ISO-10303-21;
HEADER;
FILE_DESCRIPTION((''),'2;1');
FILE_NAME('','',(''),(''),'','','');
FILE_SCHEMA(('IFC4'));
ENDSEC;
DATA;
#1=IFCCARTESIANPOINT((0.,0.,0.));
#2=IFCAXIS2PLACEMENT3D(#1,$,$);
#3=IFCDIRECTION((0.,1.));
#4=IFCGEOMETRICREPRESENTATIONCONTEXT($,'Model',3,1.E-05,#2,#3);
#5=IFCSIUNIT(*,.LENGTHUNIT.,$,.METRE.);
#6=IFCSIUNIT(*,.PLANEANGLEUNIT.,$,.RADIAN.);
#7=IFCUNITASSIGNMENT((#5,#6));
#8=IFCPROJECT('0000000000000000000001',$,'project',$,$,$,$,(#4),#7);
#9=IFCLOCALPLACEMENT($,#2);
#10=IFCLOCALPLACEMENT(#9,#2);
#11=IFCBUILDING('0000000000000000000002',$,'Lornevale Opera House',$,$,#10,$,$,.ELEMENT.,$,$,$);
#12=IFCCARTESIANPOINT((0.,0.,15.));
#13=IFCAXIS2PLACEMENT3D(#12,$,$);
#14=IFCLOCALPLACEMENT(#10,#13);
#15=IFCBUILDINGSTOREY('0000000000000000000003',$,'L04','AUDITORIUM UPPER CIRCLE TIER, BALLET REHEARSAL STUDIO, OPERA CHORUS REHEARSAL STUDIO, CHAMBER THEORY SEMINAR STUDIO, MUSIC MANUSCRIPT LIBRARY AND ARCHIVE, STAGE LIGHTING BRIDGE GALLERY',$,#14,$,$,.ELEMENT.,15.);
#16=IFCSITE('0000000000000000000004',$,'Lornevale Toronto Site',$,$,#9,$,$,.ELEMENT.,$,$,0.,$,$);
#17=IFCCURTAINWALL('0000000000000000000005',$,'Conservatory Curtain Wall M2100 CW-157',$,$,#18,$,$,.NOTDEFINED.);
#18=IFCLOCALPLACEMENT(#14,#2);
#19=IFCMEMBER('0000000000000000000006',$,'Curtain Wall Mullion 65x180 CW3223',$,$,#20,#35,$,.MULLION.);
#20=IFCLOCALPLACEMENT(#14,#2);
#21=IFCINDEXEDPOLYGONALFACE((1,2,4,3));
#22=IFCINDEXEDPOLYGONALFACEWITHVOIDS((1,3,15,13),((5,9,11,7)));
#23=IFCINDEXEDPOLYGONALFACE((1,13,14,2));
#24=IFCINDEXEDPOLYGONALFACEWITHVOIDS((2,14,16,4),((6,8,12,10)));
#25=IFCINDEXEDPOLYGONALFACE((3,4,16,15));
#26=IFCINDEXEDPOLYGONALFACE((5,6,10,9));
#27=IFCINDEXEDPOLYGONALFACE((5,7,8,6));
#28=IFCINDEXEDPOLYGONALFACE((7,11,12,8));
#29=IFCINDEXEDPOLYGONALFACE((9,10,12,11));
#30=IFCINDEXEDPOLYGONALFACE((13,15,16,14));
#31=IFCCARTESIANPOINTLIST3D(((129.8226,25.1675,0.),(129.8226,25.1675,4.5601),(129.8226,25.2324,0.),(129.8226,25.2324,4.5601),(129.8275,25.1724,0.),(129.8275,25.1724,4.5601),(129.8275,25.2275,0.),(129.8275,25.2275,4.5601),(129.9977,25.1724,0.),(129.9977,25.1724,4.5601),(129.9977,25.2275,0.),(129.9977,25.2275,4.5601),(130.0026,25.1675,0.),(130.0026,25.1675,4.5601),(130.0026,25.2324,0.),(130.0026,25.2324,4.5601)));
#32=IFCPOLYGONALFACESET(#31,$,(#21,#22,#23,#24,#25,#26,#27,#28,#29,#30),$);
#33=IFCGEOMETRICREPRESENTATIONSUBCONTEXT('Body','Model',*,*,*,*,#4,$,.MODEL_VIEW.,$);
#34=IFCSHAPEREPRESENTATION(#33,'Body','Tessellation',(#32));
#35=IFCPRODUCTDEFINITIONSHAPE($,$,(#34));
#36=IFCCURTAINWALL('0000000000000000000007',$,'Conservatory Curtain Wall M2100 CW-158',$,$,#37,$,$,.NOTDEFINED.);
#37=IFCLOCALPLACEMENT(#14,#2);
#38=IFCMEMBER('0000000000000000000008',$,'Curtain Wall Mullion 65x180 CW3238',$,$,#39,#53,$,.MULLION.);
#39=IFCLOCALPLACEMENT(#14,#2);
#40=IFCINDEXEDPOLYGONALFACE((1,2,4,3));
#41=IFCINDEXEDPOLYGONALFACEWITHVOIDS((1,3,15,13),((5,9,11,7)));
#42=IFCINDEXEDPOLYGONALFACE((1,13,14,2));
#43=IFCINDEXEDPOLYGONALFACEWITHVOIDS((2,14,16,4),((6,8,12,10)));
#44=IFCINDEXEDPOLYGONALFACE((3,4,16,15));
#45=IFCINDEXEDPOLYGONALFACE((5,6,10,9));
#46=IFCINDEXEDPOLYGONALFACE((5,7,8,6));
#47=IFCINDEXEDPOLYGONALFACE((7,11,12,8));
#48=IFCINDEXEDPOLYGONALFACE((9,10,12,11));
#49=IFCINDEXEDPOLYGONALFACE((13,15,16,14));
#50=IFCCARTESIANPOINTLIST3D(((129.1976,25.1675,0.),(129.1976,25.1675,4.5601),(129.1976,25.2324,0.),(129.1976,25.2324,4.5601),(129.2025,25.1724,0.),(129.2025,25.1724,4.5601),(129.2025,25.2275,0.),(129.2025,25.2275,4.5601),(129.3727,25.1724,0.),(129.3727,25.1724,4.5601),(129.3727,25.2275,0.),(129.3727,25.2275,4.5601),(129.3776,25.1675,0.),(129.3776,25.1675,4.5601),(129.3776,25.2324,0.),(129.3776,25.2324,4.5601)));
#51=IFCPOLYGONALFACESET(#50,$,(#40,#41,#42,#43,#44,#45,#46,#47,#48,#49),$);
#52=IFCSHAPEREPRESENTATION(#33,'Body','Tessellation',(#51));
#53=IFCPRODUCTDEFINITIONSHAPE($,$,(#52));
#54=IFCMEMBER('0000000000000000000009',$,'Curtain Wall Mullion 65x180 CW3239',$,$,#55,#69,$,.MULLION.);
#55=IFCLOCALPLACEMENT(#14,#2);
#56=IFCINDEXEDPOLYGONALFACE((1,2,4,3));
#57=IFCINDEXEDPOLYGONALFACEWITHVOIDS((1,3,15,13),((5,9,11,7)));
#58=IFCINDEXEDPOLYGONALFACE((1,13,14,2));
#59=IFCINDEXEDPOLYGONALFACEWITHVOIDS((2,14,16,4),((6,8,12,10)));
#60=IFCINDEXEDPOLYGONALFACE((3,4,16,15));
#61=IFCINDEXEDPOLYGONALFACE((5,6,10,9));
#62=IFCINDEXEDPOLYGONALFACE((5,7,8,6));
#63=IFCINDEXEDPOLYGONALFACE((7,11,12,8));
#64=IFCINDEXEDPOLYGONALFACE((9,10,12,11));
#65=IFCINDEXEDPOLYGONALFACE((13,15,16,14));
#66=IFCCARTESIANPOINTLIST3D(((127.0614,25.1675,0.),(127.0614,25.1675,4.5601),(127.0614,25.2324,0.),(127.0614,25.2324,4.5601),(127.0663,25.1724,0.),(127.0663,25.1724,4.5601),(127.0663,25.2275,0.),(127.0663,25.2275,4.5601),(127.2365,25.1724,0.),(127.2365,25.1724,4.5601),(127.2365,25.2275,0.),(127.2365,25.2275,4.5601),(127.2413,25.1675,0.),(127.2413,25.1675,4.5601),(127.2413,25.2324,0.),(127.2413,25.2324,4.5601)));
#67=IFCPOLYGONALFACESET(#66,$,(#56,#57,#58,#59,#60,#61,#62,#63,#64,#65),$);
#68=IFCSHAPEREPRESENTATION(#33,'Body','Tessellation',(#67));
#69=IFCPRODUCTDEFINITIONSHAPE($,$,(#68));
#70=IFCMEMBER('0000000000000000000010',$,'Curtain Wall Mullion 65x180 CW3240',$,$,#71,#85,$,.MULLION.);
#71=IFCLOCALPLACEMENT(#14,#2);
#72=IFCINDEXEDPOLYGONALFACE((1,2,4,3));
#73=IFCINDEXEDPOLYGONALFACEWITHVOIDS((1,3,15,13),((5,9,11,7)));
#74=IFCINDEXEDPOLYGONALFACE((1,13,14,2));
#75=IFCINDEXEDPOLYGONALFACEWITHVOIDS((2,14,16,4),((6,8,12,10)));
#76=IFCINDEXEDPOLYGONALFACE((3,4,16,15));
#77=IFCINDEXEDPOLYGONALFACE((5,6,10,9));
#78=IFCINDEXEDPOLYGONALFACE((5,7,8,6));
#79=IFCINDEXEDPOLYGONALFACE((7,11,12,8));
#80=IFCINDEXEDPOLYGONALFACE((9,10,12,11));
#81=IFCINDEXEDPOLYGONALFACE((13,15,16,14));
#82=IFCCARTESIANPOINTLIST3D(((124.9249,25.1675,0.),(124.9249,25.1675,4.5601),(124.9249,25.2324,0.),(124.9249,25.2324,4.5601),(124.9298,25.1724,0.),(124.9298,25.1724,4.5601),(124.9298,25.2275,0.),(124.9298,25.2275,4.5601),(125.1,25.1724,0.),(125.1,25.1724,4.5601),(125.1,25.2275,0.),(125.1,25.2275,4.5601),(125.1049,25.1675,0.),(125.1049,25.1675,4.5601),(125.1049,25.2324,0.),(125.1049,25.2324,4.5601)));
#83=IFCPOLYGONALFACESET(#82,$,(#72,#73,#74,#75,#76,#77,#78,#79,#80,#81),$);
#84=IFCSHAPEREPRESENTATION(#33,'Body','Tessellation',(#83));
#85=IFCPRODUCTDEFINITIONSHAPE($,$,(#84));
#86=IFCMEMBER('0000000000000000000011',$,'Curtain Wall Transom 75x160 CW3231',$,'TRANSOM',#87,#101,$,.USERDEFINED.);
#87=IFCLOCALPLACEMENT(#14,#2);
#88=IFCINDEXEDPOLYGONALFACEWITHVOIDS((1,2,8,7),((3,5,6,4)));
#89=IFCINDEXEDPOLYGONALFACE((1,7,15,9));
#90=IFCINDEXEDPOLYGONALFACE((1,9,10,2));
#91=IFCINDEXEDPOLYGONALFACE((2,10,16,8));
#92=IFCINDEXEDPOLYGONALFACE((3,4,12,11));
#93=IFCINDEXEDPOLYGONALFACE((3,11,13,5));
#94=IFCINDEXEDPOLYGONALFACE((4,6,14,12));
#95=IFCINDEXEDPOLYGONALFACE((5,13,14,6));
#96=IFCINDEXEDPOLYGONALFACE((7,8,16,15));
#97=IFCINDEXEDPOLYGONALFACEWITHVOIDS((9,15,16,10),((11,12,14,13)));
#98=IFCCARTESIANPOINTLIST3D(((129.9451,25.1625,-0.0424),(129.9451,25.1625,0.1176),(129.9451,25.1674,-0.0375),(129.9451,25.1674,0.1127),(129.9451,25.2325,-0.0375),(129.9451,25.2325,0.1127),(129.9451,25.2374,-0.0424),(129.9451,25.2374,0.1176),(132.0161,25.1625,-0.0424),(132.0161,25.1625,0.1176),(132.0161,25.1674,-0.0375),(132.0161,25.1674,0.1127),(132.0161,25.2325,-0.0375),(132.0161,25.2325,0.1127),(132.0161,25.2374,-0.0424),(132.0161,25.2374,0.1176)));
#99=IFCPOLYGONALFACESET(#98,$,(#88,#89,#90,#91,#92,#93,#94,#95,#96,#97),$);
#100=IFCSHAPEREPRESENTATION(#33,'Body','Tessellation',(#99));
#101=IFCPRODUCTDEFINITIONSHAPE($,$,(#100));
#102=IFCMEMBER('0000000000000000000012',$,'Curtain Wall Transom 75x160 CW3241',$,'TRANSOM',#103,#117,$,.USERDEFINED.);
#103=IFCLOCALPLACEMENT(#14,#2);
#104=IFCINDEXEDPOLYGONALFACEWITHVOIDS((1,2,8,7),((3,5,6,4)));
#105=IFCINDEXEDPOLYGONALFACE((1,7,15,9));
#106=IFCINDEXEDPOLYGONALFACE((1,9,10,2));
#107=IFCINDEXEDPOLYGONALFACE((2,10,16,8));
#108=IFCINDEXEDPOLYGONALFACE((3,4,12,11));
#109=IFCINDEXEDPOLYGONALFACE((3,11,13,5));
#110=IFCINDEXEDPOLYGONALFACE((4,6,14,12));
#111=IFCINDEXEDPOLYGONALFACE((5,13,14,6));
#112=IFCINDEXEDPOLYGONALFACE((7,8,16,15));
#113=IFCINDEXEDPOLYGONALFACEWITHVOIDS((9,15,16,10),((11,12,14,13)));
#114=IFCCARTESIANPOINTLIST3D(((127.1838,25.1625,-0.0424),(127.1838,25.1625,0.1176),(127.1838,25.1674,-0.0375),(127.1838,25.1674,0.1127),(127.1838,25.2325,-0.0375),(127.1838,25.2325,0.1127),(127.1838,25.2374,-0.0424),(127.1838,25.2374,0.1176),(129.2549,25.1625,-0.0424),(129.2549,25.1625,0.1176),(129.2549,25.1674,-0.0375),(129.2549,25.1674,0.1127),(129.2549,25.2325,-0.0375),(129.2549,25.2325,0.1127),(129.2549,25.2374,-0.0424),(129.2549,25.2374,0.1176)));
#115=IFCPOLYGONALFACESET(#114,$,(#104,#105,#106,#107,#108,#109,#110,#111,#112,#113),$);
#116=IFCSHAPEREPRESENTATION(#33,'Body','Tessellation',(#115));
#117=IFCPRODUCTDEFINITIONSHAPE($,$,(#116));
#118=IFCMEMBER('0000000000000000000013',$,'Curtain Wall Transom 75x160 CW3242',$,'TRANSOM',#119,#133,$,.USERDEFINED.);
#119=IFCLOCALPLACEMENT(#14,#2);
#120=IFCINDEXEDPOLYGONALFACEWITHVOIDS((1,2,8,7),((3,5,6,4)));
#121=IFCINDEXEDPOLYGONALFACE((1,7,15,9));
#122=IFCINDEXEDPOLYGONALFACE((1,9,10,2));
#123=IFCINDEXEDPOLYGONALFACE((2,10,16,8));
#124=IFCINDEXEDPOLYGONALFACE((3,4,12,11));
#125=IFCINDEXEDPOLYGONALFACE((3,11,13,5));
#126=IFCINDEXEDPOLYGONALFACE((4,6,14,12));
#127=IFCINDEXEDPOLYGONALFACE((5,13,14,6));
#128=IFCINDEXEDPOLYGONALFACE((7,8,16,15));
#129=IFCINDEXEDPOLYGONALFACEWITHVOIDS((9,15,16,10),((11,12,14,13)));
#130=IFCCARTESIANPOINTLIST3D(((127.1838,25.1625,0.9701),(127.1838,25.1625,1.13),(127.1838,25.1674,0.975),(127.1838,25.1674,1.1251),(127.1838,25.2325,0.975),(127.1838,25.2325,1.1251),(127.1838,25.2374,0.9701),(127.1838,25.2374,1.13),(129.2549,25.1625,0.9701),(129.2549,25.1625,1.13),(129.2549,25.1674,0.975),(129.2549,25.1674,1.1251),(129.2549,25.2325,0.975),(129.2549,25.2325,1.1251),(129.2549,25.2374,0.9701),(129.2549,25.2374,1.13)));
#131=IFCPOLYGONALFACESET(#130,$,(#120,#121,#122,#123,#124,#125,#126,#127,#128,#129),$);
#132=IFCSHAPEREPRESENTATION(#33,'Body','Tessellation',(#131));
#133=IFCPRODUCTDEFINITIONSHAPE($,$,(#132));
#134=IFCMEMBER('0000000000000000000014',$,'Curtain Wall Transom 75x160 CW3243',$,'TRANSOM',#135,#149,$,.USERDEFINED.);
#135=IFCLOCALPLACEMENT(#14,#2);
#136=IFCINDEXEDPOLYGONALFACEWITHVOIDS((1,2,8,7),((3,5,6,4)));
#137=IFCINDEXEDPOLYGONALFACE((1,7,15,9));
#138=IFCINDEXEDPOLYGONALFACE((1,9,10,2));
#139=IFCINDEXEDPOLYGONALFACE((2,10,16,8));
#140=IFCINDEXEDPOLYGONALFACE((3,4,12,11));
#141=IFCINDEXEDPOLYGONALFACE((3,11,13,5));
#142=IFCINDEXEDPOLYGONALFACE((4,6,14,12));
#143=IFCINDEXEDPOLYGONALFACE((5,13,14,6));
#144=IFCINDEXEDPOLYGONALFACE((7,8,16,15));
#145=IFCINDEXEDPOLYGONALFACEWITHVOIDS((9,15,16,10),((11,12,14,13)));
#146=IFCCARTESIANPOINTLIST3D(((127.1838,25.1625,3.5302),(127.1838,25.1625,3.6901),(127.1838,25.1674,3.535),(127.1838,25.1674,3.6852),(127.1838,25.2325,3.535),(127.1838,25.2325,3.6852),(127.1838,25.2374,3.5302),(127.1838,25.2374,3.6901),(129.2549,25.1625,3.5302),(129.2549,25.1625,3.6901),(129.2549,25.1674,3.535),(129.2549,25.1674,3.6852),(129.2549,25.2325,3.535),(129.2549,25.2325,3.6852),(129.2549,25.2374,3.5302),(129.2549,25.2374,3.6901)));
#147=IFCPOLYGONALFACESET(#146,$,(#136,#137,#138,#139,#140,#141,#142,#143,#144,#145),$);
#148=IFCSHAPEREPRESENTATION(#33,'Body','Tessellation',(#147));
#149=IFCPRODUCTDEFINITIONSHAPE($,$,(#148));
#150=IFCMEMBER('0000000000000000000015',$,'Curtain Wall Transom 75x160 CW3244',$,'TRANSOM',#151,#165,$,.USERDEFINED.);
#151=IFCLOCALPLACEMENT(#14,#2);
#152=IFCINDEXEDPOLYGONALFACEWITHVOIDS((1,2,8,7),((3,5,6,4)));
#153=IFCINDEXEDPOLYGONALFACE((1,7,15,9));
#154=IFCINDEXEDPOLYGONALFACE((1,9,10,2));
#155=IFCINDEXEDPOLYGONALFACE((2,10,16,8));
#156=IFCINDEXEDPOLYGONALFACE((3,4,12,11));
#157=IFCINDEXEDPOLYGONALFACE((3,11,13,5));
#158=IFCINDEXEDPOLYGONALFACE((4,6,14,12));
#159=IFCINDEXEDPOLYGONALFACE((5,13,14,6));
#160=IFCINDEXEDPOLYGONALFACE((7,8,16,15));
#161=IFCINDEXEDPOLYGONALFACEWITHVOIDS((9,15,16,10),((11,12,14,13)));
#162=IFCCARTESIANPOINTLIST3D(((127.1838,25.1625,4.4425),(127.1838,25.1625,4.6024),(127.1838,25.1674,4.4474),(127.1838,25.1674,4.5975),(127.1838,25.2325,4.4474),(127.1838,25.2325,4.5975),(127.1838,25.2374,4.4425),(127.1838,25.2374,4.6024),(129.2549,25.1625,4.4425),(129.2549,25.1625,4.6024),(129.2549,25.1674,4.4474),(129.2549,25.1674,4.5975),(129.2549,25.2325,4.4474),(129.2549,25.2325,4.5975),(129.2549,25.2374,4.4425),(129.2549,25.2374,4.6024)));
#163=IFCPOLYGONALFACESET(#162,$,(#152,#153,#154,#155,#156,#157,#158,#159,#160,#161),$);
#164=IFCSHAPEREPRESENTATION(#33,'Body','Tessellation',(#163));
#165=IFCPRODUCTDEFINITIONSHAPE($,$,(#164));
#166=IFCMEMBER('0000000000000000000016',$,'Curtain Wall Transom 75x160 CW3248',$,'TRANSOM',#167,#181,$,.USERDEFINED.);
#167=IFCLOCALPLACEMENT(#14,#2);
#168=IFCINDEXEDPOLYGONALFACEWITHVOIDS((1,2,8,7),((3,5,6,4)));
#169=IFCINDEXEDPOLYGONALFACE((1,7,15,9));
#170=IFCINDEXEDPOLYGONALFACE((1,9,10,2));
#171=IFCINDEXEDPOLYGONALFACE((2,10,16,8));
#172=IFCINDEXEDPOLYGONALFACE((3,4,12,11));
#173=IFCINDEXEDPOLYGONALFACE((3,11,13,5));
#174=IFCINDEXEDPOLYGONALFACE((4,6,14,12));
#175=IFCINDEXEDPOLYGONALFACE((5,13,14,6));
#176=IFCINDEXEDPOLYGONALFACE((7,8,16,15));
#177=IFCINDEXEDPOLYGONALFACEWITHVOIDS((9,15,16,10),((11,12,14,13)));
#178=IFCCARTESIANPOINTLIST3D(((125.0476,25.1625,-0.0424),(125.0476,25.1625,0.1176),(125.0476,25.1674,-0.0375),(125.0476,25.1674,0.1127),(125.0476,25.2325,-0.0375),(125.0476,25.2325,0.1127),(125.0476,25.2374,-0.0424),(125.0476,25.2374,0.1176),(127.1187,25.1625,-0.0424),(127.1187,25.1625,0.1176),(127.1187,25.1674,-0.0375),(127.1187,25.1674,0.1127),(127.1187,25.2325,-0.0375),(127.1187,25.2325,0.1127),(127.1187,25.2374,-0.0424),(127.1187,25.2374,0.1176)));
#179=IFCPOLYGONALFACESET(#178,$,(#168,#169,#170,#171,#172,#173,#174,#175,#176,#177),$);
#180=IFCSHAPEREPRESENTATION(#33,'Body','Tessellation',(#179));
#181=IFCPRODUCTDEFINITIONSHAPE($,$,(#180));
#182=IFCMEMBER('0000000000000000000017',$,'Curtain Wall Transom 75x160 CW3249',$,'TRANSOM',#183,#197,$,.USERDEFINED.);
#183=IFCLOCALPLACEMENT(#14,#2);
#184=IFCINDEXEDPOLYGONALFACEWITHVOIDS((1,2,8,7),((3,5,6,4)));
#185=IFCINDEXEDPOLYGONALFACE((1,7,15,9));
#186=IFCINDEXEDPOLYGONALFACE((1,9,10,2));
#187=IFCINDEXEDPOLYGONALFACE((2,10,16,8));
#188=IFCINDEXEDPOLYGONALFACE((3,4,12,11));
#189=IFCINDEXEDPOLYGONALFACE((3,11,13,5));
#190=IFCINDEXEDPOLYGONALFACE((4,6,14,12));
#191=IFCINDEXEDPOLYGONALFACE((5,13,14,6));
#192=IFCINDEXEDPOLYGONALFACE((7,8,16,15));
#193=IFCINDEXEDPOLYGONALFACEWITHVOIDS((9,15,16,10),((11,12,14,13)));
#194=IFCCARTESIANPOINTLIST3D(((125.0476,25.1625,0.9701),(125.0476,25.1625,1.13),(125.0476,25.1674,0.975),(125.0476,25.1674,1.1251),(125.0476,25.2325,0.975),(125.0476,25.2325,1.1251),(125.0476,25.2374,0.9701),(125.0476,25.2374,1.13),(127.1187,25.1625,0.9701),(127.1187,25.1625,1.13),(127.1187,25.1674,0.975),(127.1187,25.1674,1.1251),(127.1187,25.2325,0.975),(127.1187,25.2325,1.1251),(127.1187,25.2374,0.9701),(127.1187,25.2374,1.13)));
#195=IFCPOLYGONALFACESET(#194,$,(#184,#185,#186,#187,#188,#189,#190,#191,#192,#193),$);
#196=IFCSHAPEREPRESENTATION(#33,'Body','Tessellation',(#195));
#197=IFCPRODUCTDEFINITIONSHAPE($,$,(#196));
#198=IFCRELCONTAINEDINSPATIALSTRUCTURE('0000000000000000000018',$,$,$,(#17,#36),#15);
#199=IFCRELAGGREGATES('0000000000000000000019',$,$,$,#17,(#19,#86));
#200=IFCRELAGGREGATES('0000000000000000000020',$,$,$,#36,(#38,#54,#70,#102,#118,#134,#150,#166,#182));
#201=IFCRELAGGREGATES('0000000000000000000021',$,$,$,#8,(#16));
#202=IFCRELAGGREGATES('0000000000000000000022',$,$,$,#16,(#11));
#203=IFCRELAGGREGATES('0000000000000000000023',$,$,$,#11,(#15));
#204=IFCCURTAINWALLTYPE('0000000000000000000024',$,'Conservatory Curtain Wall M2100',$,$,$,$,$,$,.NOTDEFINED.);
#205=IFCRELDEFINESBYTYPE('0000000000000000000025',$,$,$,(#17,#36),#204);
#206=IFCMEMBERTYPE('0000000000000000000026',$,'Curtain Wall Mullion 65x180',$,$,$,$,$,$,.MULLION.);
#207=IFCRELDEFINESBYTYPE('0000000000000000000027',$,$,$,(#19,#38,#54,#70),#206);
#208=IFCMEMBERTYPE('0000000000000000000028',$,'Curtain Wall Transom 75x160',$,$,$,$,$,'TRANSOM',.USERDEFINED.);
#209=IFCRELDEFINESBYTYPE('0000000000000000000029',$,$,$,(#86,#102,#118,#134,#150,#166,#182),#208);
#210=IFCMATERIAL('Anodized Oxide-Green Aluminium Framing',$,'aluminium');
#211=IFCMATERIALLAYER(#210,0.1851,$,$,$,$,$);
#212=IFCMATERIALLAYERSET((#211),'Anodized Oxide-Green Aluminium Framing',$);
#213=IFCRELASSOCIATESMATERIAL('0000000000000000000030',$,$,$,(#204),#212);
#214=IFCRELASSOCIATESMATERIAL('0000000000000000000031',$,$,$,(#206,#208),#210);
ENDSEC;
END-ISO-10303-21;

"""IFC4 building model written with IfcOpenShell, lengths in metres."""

from ifc_helpers import new_model, si_unit, direction, frame, origin, origin_2d, place, context, subcontext, project, spatial, hollow_rectangle, extrude, material, layer, layer_set, material_profile, profile_set, type_object, element, aggregate, save


model = new_model("IFC4")

# Units and contexts
model_context = context("Model", 3, precision=1e-05, world=origin(), true_north=direction((0.0, 1.0)))
body_context = subcontext(model_context, "Body", "Model", "MODEL_VIEW")
ifc_project = project(units=[si_unit("LENGTHUNIT", "METRE"), si_unit("PLANEANGLEUNIT", "RADIAN")], contexts=[model_context])

# Site, building, storey
site_placement = place(None, origin())
site = spatial("IfcSite", under=ifc_project, at=site_placement, Name="Lornevale Toronto Site", CompositionType="ELEMENT", RefElevation=0.0)
building_placement = place(site_placement, origin())
building = spatial("IfcBuilding", under=site, at=building_placement, Name="Lornevale Opera House", CompositionType="ELEMENT")
storey_placement = place(building_placement, frame((0.0, 0.0, 15.0)))
storey = spatial("IfcBuildingStorey", under=building, at=storey_placement, Name="L04", Description="AUDITORIUM UPPER CIRCLE TIER, BALLET REHEARSAL STUDIO, OPERA CHORUS REHEARSAL STUDIO, CHAMBER THEORY SEMINAR STUDIO, MUSIC MANUSCRIPT LIBRARY AND ARCHIVE, STAGE LIGHTING BRIDGE GALLERY", CompositionType="ELEMENT", Elevation=15.0)

# Curtain wall, member
ifc_material_1 = material(Name="Anodized Oxide-Green Aluminium Framing", Category="aluminium")
ifc_layer_1 = layer(ifc_material_1, 0.1851)
ifc_layer_set_1 = layer_set([ifc_layer_1], Name="Anodized Oxide-Green Aluminium Framing")
curtain_wall_type = type_object("IfcCurtainWallType", Name="Conservatory Curtain Wall M2100", PredefinedType="NOTDEFINED", material=ifc_layer_set_1)
curtain_wall_1_placement = place(storey_placement, origin())
curtain_wall_1 = element("IfcCurtainWall", 1, at=curtain_wall_1_placement, inside=storey, type_object=curtain_wall_type, Name="Conservatory Curtain Wall M2100 CW-157", PredefinedType="NOTDEFINED")
ifc_material_profile_1 = material_profile(ifc_material_1, hollow_rectangle(XDim=0.0649, YDim=0.1799, WallThickness=0.0049, at=origin_2d()), Name="ALU65x180x5")
ifc_profile_set_1 = profile_set([ifc_material_profile_1], Name="Anodized Oxide-Green Aluminium Framing")
member_type_1 = type_object("IfcMemberType", Name="Curtain Wall Mullion 65x180", PredefinedType="MULLION", material=ifc_profile_set_1)
member_1_placement = place(storey_placement, frame((129.9126, 25.2, 0.0), z_axis=(0.0, 0.0, 1.0), x_axis=(0.0, -1.0, 0.0)))
member_1 = element("IfcMember", 2, at=member_1_placement, type_object=member_type_1, Name="Curtain Wall Mullion 65x180 CW3223", PredefinedType="MULLION", context=body_context, shape_type="SweptSolid", body=[
    extrude(hollow_rectangle(XDim=0.0649, YDim=0.1799, WallThickness=0.0049, at=origin_2d()), origin(), (0.0, 0.0, 1.0), 4.5601),
])

# Curtain wall, members
curtain_wall_2_placement = place(storey_placement, origin())
curtain_wall_2 = element("IfcCurtainWall", 3, at=curtain_wall_2_placement, inside=storey, type_object=curtain_wall_type, Name="Conservatory Curtain Wall M2100 CW-158", PredefinedType="NOTDEFINED")
member_2_placement = place(storey_placement, frame((129.2876, 25.2, 0.0), z_axis=(0.0, 0.0, 1.0), x_axis=(0.0, -1.0, 0.0)))
member_2 = element("IfcMember", 4, at=member_2_placement, type_object=member_type_1, Name="Curtain Wall Mullion 65x180 CW3238", PredefinedType="MULLION", context=body_context, shape_type="SweptSolid", body=[
    extrude(hollow_rectangle(XDim=0.0649, YDim=0.1799, WallThickness=0.0049, at=origin_2d()), origin(), (0.0, 0.0, 1.0), 4.5601),
])
member_3_placement = place(storey_placement, frame((127.1514, 25.2, 0.0), z_axis=(0.0, 0.0, 1.0), x_axis=(0.0, -1.0, 0.0)))
member_3 = element("IfcMember", 5, at=member_3_placement, type_object=member_type_1, Name="Curtain Wall Mullion 65x180 CW3239", PredefinedType="MULLION", context=body_context, shape_type="SweptSolid", body=[
    extrude(hollow_rectangle(XDim=0.0649, YDim=0.1799, WallThickness=0.0049, at=origin_2d()), origin(), (0.0, 0.0, 1.0), 4.5601),
])
member_4_placement = place(storey_placement, frame((125.0149, 25.2, 0.0), z_axis=(0.0, 0.0, 1.0), x_axis=(0.0, -1.0, 0.0)))
member_4 = element("IfcMember", 6, at=member_4_placement, type_object=member_type_1, Name="Curtain Wall Mullion 65x180 CW3240", PredefinedType="MULLION", context=body_context, shape_type="SweptSolid", body=[
    extrude(hollow_rectangle(XDim=0.0649, YDim=0.1799, WallThickness=0.0049, at=origin_2d()), origin(), (0.0, 0.0, 1.0), 4.5601),
])

# Members
ifc_material_profile_2 = material_profile(ifc_material_1, hollow_rectangle(XDim=0.075, YDim=0.1599, WallThickness=0.0049, at=origin_2d()), Name="ALU75x160x5")
ifc_profile_set_2 = profile_set([ifc_material_profile_2], Name="Anodized Oxide-Green Aluminium Framing")
member_type_2 = type_object("IfcMemberType", Name="Curtain Wall Transom 75x160", ElementType="TRANSOM", PredefinedType="USERDEFINED", material=ifc_profile_set_2)
member_5_placement = place(storey_placement, frame((132.0161, 25.2, 0.0376), z_axis=(-1.0, 0.0, 0.0), x_axis=(0.0, -1.0, 0.0)))
member_5 = element("IfcMember", 7, at=member_5_placement, type_object=member_type_2, Name="Curtain Wall Transom 75x160 CW3231", ObjectType="TRANSOM", PredefinedType="USERDEFINED", context=body_context, shape_type="SweptSolid", body=[
    extrude(hollow_rectangle(XDim=0.075, YDim=0.1599, WallThickness=0.0049, at=origin_2d()), origin(), (0.0, 0.0, 1.0), 2.071),
])
member_6_placement = place(storey_placement, frame((129.2549, 25.2, 0.0376), z_axis=(-1.0, 0.0, 0.0), x_axis=(0.0, -1.0, 0.0)))
member_6 = element("IfcMember", 8, at=member_6_placement, type_object=member_type_2, Name="Curtain Wall Transom 75x160 CW3241", ObjectType="TRANSOM", PredefinedType="USERDEFINED", context=body_context, shape_type="SweptSolid", body=[
    extrude(hollow_rectangle(XDim=0.075, YDim=0.1599, WallThickness=0.0049, at=origin_2d()), origin(), (0.0, 0.0, 1.0), 2.071),
])
member_7_placement = place(storey_placement, frame((129.2549, 25.2, 1.05), z_axis=(-1.0, 0.0, 0.0), x_axis=(0.0, -1.0, 0.0)))
member_7 = element("IfcMember", 9, at=member_7_placement, type_object=member_type_2, Name="Curtain Wall Transom 75x160 CW3242", ObjectType="TRANSOM", PredefinedType="USERDEFINED", context=body_context, shape_type="SweptSolid", body=[
    extrude(hollow_rectangle(XDim=0.075, YDim=0.1599, WallThickness=0.0049, at=origin_2d()), origin(), (0.0, 0.0, 1.0), 2.071),
])
member_8_placement = place(storey_placement, frame((129.2549, 25.2, 3.6101), z_axis=(-1.0, 0.0, 0.0), x_axis=(0.0, -1.0, 0.0)))
member_8 = element("IfcMember", 10, at=member_8_placement, type_object=member_type_2, Name="Curtain Wall Transom 75x160 CW3243", ObjectType="TRANSOM", PredefinedType="USERDEFINED", context=body_context, shape_type="SweptSolid", body=[
    extrude(hollow_rectangle(XDim=0.075, YDim=0.1599, WallThickness=0.0049, at=origin_2d()), origin(), (0.0, 0.0, 1.0), 2.071),
])
member_9_placement = place(storey_placement, frame((129.2549, 25.2, 4.5225), z_axis=(-1.0, 0.0, 0.0), x_axis=(0.0, -1.0, 0.0)))
member_9 = element("IfcMember", 11, at=member_9_placement, type_object=member_type_2, Name="Curtain Wall Transom 75x160 CW3244", ObjectType="TRANSOM", PredefinedType="USERDEFINED", context=body_context, shape_type="SweptSolid", body=[
    extrude(hollow_rectangle(XDim=0.075, YDim=0.1599, WallThickness=0.0049, at=origin_2d()), origin(), (0.0, 0.0, 1.0), 2.071),
])
member_10_placement = place(storey_placement, frame((127.1187, 25.2, 0.0376), z_axis=(-1.0, 0.0, 0.0), x_axis=(0.0, -1.0, 0.0)))
member_10 = element("IfcMember", 12, at=member_10_placement, type_object=member_type_2, Name="Curtain Wall Transom 75x160 CW3248", ObjectType="TRANSOM", PredefinedType="USERDEFINED", context=body_context, shape_type="SweptSolid", body=[
    extrude(hollow_rectangle(XDim=0.075, YDim=0.1599, WallThickness=0.0049, at=origin_2d()), origin(), (0.0, 0.0, 1.0), 2.071),
])
member_11_placement = place(storey_placement, frame((127.1187, 25.2, 1.05), z_axis=(-1.0, 0.0, 0.0), x_axis=(0.0, -1.0, 0.0)))
member_11 = element("IfcMember", 13, at=member_11_placement, type_object=member_type_2, Name="Curtain Wall Transom 75x160 CW3249", ObjectType="TRANSOM", PredefinedType="USERDEFINED", context=body_context, shape_type="SweptSolid", body=[
    extrude(hollow_rectangle(XDim=0.075, YDim=0.1599, WallThickness=0.0049, at=origin_2d()), origin(), (0.0, 0.0, 1.0), 2.071),
])

aggregate(curtain_wall_1, [member_1, member_5])
aggregate(curtain_wall_2, [member_2, member_3, member_4, member_6, member_7, member_8, member_9, member_10, member_11])

save(model, "model.ifc")
